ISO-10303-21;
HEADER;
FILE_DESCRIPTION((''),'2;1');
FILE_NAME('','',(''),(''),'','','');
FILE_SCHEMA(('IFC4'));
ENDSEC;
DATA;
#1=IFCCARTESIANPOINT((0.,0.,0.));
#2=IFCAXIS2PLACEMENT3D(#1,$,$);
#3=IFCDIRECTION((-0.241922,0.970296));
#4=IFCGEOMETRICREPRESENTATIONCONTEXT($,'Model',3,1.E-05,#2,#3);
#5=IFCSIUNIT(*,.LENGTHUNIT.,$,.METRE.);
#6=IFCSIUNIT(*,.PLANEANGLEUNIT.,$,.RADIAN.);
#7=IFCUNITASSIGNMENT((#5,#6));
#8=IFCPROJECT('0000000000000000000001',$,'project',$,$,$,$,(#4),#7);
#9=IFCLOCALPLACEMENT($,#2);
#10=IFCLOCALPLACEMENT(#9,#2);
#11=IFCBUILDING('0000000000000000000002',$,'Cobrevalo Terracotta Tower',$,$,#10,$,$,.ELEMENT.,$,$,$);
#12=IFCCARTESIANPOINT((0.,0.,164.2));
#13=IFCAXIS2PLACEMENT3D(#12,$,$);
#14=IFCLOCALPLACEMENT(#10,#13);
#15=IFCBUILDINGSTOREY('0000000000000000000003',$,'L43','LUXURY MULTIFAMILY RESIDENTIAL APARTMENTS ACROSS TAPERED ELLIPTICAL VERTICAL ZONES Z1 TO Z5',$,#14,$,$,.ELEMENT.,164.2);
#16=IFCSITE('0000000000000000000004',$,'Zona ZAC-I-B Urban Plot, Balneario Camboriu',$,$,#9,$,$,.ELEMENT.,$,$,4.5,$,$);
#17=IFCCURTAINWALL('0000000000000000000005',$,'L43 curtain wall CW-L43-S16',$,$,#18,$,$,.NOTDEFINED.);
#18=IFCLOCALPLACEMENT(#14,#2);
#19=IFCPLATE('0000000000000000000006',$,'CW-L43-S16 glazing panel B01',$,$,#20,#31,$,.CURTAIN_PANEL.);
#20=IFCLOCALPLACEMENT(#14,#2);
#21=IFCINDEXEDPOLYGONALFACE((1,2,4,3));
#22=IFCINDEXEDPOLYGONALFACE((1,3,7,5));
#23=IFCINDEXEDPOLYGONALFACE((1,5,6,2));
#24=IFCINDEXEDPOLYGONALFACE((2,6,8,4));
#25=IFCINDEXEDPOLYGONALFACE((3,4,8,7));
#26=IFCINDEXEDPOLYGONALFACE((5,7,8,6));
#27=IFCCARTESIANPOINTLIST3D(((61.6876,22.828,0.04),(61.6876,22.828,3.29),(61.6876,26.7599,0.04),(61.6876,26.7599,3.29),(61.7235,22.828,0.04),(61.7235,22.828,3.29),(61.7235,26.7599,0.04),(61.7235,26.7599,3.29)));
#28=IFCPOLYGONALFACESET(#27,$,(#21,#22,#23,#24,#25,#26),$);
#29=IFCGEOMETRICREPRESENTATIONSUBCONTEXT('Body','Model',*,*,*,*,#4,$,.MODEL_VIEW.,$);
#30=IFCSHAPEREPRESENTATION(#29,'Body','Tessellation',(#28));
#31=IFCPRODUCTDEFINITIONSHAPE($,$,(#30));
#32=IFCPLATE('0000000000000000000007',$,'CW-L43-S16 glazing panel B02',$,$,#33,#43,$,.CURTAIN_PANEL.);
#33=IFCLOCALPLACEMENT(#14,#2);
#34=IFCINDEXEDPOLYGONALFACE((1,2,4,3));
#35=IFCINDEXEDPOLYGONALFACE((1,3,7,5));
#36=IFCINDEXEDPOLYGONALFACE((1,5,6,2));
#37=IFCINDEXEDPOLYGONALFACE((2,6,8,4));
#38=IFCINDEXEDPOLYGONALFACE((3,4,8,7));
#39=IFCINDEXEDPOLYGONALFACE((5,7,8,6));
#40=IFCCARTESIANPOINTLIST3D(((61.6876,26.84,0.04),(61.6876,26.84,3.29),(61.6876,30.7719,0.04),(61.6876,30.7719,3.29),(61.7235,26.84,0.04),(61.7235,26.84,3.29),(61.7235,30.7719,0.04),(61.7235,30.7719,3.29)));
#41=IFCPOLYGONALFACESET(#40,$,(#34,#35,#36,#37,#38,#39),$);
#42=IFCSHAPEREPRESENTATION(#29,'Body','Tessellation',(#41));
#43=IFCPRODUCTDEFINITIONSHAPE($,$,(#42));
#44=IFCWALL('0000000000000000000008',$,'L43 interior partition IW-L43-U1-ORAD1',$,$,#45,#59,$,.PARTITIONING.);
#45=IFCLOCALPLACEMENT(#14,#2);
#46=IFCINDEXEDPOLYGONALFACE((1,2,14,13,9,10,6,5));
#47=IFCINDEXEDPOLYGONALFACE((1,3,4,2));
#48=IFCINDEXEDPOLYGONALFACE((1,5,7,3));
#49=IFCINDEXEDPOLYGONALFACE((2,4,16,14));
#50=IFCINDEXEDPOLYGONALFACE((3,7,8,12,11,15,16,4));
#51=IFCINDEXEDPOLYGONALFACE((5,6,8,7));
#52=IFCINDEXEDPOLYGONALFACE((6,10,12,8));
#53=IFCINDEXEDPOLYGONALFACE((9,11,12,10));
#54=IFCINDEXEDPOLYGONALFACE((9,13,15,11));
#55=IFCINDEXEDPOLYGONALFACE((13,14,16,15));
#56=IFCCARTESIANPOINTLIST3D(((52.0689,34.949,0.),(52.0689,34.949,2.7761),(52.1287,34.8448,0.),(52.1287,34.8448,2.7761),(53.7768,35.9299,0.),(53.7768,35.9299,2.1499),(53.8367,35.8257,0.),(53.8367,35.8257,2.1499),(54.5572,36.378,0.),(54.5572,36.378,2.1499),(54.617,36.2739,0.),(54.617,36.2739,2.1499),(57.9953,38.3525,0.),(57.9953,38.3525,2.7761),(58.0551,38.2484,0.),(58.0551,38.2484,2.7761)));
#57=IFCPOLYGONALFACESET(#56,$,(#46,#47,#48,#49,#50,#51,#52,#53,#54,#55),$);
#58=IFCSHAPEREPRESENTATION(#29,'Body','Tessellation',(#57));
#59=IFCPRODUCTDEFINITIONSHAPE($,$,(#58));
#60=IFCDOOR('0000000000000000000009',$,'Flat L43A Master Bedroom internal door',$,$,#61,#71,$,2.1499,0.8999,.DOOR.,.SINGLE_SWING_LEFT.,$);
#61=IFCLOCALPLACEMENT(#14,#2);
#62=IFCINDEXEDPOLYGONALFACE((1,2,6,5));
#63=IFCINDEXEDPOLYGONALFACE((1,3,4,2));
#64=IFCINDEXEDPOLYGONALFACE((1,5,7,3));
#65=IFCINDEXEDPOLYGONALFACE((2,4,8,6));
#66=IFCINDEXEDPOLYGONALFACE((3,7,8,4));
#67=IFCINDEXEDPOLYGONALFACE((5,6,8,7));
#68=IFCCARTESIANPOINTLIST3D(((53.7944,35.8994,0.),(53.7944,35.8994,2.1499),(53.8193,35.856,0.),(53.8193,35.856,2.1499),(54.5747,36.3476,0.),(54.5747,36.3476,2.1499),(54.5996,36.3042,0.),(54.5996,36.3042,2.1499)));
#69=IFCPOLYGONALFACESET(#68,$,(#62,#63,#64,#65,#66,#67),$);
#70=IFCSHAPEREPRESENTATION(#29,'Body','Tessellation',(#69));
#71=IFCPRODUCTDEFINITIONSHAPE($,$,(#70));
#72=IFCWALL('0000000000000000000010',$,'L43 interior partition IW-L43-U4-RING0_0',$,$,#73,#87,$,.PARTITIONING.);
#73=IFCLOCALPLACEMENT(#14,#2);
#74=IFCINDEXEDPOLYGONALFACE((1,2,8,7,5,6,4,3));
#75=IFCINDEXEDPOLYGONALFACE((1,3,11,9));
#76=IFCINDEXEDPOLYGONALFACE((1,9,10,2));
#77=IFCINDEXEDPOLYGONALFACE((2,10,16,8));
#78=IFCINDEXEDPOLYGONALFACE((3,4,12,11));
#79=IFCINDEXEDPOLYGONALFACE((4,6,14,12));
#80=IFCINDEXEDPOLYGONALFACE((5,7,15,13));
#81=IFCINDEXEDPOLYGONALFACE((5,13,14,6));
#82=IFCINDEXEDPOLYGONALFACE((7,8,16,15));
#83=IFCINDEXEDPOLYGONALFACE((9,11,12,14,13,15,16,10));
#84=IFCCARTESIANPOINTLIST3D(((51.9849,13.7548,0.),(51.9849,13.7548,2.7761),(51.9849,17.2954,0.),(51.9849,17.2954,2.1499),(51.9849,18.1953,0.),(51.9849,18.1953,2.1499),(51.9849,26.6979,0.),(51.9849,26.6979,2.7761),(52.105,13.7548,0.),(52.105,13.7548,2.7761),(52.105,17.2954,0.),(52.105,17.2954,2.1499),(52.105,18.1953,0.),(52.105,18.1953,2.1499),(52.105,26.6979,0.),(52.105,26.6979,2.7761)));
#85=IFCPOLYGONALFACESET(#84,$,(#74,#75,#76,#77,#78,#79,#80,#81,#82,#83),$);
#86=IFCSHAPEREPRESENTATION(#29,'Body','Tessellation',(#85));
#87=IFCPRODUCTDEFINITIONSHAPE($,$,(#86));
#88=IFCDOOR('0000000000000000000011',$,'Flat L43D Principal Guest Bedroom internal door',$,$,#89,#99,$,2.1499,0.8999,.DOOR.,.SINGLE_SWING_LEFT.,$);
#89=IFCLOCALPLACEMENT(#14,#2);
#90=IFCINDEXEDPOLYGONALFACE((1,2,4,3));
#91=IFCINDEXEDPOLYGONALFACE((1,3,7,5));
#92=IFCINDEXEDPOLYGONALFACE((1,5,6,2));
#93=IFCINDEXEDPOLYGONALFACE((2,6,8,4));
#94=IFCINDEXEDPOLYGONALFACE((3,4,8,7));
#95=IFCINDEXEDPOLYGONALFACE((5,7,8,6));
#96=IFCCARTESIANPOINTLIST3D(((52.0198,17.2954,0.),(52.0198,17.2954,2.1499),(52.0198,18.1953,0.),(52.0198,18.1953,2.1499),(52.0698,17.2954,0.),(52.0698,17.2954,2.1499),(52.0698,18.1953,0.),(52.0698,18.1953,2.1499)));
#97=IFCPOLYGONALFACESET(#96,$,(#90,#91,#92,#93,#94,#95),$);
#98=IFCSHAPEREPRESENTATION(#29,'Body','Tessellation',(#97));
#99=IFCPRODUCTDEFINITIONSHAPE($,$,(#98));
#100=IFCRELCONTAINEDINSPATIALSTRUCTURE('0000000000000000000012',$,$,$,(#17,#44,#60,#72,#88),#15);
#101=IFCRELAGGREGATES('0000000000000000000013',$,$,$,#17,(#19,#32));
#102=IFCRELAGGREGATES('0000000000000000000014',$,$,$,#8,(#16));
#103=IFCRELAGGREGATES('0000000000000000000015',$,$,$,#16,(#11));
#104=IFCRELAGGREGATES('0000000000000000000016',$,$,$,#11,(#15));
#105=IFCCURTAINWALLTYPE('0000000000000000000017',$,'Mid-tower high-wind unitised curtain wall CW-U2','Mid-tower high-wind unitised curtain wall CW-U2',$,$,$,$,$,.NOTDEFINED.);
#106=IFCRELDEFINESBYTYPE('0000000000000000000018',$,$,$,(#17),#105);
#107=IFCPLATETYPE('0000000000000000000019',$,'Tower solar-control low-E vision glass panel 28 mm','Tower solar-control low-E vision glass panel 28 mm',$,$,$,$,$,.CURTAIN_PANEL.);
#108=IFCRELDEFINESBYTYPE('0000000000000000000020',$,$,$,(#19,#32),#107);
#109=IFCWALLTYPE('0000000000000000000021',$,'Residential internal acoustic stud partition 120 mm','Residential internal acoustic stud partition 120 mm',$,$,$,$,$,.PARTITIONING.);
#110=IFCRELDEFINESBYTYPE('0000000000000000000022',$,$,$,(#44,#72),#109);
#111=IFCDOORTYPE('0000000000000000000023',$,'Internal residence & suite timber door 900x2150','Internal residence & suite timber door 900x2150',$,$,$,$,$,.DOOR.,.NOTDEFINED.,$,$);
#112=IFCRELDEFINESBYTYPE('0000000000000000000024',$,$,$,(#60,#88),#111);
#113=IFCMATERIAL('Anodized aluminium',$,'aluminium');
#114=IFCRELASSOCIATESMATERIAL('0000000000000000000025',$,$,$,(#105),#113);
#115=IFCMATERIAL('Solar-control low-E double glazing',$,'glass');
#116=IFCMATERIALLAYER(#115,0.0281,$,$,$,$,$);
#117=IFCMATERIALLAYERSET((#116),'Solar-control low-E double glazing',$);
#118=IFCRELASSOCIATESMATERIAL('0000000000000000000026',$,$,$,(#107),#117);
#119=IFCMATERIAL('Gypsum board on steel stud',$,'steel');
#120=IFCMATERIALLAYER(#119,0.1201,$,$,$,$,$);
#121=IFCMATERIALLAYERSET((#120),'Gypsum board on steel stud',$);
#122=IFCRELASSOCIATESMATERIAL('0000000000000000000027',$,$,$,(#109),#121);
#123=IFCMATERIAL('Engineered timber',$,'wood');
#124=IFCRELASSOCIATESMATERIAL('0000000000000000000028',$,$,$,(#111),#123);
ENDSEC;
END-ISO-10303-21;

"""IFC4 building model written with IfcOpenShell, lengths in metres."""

from ifc_helpers import new_model, si_unit, direction, frame, frame_2d, origin, origin_2d, place, context, subcontext, project, spatial, rectangle, extrude, source, transform, mapped, material, layer, layer_set, type_object, element, fill, aggregate, save


model = new_model("IFC4")

# Units and contexts
model_context = context("Model", 3, precision=1e-05, world=origin(), true_north=direction((-0.241922, 0.970296)))
body_context = subcontext(model_context, "Body", "Model", "MODEL_VIEW")
ifc_project = project(units=[si_unit("LENGTHUNIT", "METRE"), si_unit("PLANEANGLEUNIT", "RADIAN")], contexts=[model_context])

# Site, building, storey
site_placement = place(None, origin())
site = spatial("IfcSite", under=ifc_project, at=site_placement, Name="Zona ZAC-I-B Urban Plot, Balneario Camboriu", CompositionType="ELEMENT", RefElevation=4.5)
building_placement = place(site_placement, origin())
building = spatial("IfcBuilding", under=site, at=building_placement, Name="Cobrevalo Terracotta Tower", CompositionType="ELEMENT")
storey_placement = place(building_placement, frame((0.0, 0.0, 164.2)))
storey = spatial("IfcBuildingStorey", under=building, at=storey_placement, Name="L43", Description="LUXURY MULTIFAMILY RESIDENTIAL APARTMENTS ACROSS TAPERED ELLIPTICAL VERTICAL ZONES Z1 TO Z5", CompositionType="ELEMENT", Elevation=164.2)

# Curtain wall
ifc_material_1 = material(Name="Anodized aluminium", Category="aluminium")
curtain_wall_type = type_object("IfcCurtainWallType", Name="Mid-tower high-wind unitised curtain wall CW-U2", Description="Mid-tower high-wind unitised curtain wall CW-U2", PredefinedType="NOTDEFINED", material=ifc_material_1)
curtain_wall_1_placement = place(storey_placement, origin())
curtain_wall_1 = element("IfcCurtainWall", 1, at=curtain_wall_1_placement, inside=storey, type_object=curtain_wall_type, Name="L43 curtain wall CW-L43-S16", PredefinedType="NOTDEFINED")

# Plates
ifc_material_2 = material(Name="Solar-control low-E double glazing", Category="glass")
ifc_layer_1 = layer(ifc_material_2, 0.0281)
ifc_layer_set_1 = layer_set([ifc_layer_1], Name="Solar-control low-E double glazing")
plate_type = type_object("IfcPlateType", Name="Tower solar-control low-E vision glass panel 28 mm", Description="Tower solar-control low-E vision glass panel 28 mm", PredefinedType="CURTAIN_PANEL", material=ifc_layer_set_1)
shared_shape_1 = source(origin(), body_context, "Body", "SweptSolid", [
    extrude(rectangle(XDim=3.9319, YDim=0.0359, at=origin_2d()), origin(), (0.0, 0.0, 1.0), 3.25),
])
plate_1_placement = place(storey_placement, frame((61.7056, 24.7939, 0.04), z_axis=(0.0, 0.0, 1.0), x_axis=(0.0, 1.0, 0.0)))
plate_1 = element("IfcPlate", 2, at=plate_1_placement, type_object=plate_type, Name="CW-L43-S16 glazing panel B01", PredefinedType="CURTAIN_PANEL", context=body_context, shape_type="MappedRepresentation", body=[
    mapped(shared_shape_1, transform((0.0, 0.0, 0.0), scale=1.0)),
])
plate_2_placement = place(storey_placement, frame((61.7056, 28.8059, 0.04), z_axis=(0.0, 0.0, 1.0), x_axis=(0.0, 1.0, 0.0)))
plate_2 = element("IfcPlate", 3, at=plate_2_placement, type_object=plate_type, Name="CW-L43-S16 glazing panel B02", PredefinedType="CURTAIN_PANEL", context=body_context, shape_type="MappedRepresentation", body=[
    mapped(shared_shape_1, transform((0.0, 0.0, 0.0), scale=1.0)),
])
aggregate(curtain_wall_1, [plate_1, plate_2])

# Walls, openings, doors
ifc_material_3 = material(Name="Gypsum board on steel stud", Category="steel")
ifc_layer_2 = layer(ifc_material_3, 0.1201)
ifc_layer_set_2 = layer_set([ifc_layer_2], Name="Gypsum board on steel stud")
wall_type = type_object("IfcWallType", Name="Residential internal acoustic stud partition 120 mm", Description="Residential internal acoustic stud partition 120 mm", PredefinedType="PARTITIONING", material=ifc_layer_set_2)
wall_1_placement = place(storey_placement, frame((52.0989, 34.897, 0.0), z_axis=(0.0, 0.0, 1.0), x_axis=(0.867171, 0.498011, 0.0)))
wall_1 = element("IfcWall", 4, at=wall_1_placement, inside=storey, type_object=wall_type, Name="L43 interior partition IW-L43-U1-ORAD1", PredefinedType="PARTITIONING", context=body_context, shape_type="SweptSolid", body=[
    extrude(rectangle(XDim=6.8342, YDim=0.1201, at=frame_2d((3.417, 0.0))), origin(), (0.0, 0.0, 1.0), 2.7761),
])
opening_1_placement = place(wall_1_placement, frame((1.9695, 0.0, 0.0)))
opening_1 = element("IfcOpeningElement", 5, at=opening_1_placement, cuts=wall_1, PredefinedType="OPENING", context=body_context, shape_type="SweptSolid", body=[
    extrude(rectangle(XDim=0.8999, YDim=2.1499, at=frame_2d((0.45, 1.075))), frame((0.0, 0.0701, 0.0), z_axis=(0.0, -1.0, 0.0), x_axis=(1.0, 0.0, 0.0)), (0.0, 0.0, 1.0), 0.1401),
])
ifc_material_4 = material(Name="Engineered timber", Category="wood")
door_type = type_object("IfcDoorType", Name="Internal residence & suite timber door 900x2150", Description="Internal residence & suite timber door 900x2150", OperationType="NOTDEFINED", PredefinedType="DOOR", material=ifc_material_4)
shared_shape_2 = source(origin(), body_context, "Body", "SweptSolid", [
    extrude(rectangle(XDim=0.8999, YDim=2.1499, at=frame_2d((0.45, 1.075))), frame((0.0, 0.0249, 0.0), z_axis=(0.0, -1.0, 0.0), x_axis=(1.0, 0.0, 0.0)), (0.0, 0.0, 1.0), 0.05),
])
door_1_placement = place(opening_1_placement, origin())
door_1 = element("IfcDoor", 6, at=door_1_placement, inside=storey, type_object=door_type, Name="Flat L43A Master Bedroom internal door", OperationType="SINGLE_SWING_LEFT", OverallHeight=2.1499, OverallWidth=0.8999, PredefinedType="DOOR", context=body_context, shape_type="MappedRepresentation", body=[
    mapped(shared_shape_2, transform((0.0, 0.0, 0.0), scale=1.0)),
])
fill(opening_1, door_1)
wall_2_placement = place(storey_placement, frame((52.0449, 26.698, 0.0), z_axis=(0.0, 0.0, 1.0), x_axis=(0.0, -1.0, 0.0)))
wall_2 = element("IfcWall", 7, at=wall_2_placement, inside=storey, type_object=wall_type, Name="L43 interior partition IW-L43-U4-RING0_0", PredefinedType="PARTITIONING", context=body_context, shape_type="SweptSolid", body=[
    extrude(rectangle(XDim=12.9431, YDim=0.1201, at=frame_2d((6.4717, 0.0))), origin(), (0.0, 0.0, 1.0), 2.7761),
])
opening_2_placement = place(wall_2_placement, frame((8.5027, 0.0, 0.0)))
opening_2 = element("IfcOpeningElement", 8, at=opening_2_placement, cuts=wall_2, PredefinedType="OPENING", context=body_context, shape_type="SweptSolid", body=[
    extrude(rectangle(XDim=0.8999, YDim=2.1499, at=frame_2d((0.45, 1.075))), frame((0.0, 0.0701, 0.0), z_axis=(0.0, -1.0, 0.0), x_axis=(1.0, 0.0, 0.0)), (0.0, 0.0, 1.0), 0.1401),
])
door_2_placement = place(opening_2_placement, origin())
door_2 = element("IfcDoor", 9, at=door_2_placement, inside=storey, type_object=door_type, Name="Flat L43D Principal Guest Bedroom internal door", OperationType="SINGLE_SWING_LEFT", OverallHeight=2.1499, OverallWidth=0.8999, PredefinedType="DOOR", context=body_context, shape_type="MappedRepresentation", body=[
    mapped(shared_shape_2, transform((0.0, 0.0, 0.0), scale=1.0)),
])
fill(opening_2, door_2)

save(model, "model.ifc")
